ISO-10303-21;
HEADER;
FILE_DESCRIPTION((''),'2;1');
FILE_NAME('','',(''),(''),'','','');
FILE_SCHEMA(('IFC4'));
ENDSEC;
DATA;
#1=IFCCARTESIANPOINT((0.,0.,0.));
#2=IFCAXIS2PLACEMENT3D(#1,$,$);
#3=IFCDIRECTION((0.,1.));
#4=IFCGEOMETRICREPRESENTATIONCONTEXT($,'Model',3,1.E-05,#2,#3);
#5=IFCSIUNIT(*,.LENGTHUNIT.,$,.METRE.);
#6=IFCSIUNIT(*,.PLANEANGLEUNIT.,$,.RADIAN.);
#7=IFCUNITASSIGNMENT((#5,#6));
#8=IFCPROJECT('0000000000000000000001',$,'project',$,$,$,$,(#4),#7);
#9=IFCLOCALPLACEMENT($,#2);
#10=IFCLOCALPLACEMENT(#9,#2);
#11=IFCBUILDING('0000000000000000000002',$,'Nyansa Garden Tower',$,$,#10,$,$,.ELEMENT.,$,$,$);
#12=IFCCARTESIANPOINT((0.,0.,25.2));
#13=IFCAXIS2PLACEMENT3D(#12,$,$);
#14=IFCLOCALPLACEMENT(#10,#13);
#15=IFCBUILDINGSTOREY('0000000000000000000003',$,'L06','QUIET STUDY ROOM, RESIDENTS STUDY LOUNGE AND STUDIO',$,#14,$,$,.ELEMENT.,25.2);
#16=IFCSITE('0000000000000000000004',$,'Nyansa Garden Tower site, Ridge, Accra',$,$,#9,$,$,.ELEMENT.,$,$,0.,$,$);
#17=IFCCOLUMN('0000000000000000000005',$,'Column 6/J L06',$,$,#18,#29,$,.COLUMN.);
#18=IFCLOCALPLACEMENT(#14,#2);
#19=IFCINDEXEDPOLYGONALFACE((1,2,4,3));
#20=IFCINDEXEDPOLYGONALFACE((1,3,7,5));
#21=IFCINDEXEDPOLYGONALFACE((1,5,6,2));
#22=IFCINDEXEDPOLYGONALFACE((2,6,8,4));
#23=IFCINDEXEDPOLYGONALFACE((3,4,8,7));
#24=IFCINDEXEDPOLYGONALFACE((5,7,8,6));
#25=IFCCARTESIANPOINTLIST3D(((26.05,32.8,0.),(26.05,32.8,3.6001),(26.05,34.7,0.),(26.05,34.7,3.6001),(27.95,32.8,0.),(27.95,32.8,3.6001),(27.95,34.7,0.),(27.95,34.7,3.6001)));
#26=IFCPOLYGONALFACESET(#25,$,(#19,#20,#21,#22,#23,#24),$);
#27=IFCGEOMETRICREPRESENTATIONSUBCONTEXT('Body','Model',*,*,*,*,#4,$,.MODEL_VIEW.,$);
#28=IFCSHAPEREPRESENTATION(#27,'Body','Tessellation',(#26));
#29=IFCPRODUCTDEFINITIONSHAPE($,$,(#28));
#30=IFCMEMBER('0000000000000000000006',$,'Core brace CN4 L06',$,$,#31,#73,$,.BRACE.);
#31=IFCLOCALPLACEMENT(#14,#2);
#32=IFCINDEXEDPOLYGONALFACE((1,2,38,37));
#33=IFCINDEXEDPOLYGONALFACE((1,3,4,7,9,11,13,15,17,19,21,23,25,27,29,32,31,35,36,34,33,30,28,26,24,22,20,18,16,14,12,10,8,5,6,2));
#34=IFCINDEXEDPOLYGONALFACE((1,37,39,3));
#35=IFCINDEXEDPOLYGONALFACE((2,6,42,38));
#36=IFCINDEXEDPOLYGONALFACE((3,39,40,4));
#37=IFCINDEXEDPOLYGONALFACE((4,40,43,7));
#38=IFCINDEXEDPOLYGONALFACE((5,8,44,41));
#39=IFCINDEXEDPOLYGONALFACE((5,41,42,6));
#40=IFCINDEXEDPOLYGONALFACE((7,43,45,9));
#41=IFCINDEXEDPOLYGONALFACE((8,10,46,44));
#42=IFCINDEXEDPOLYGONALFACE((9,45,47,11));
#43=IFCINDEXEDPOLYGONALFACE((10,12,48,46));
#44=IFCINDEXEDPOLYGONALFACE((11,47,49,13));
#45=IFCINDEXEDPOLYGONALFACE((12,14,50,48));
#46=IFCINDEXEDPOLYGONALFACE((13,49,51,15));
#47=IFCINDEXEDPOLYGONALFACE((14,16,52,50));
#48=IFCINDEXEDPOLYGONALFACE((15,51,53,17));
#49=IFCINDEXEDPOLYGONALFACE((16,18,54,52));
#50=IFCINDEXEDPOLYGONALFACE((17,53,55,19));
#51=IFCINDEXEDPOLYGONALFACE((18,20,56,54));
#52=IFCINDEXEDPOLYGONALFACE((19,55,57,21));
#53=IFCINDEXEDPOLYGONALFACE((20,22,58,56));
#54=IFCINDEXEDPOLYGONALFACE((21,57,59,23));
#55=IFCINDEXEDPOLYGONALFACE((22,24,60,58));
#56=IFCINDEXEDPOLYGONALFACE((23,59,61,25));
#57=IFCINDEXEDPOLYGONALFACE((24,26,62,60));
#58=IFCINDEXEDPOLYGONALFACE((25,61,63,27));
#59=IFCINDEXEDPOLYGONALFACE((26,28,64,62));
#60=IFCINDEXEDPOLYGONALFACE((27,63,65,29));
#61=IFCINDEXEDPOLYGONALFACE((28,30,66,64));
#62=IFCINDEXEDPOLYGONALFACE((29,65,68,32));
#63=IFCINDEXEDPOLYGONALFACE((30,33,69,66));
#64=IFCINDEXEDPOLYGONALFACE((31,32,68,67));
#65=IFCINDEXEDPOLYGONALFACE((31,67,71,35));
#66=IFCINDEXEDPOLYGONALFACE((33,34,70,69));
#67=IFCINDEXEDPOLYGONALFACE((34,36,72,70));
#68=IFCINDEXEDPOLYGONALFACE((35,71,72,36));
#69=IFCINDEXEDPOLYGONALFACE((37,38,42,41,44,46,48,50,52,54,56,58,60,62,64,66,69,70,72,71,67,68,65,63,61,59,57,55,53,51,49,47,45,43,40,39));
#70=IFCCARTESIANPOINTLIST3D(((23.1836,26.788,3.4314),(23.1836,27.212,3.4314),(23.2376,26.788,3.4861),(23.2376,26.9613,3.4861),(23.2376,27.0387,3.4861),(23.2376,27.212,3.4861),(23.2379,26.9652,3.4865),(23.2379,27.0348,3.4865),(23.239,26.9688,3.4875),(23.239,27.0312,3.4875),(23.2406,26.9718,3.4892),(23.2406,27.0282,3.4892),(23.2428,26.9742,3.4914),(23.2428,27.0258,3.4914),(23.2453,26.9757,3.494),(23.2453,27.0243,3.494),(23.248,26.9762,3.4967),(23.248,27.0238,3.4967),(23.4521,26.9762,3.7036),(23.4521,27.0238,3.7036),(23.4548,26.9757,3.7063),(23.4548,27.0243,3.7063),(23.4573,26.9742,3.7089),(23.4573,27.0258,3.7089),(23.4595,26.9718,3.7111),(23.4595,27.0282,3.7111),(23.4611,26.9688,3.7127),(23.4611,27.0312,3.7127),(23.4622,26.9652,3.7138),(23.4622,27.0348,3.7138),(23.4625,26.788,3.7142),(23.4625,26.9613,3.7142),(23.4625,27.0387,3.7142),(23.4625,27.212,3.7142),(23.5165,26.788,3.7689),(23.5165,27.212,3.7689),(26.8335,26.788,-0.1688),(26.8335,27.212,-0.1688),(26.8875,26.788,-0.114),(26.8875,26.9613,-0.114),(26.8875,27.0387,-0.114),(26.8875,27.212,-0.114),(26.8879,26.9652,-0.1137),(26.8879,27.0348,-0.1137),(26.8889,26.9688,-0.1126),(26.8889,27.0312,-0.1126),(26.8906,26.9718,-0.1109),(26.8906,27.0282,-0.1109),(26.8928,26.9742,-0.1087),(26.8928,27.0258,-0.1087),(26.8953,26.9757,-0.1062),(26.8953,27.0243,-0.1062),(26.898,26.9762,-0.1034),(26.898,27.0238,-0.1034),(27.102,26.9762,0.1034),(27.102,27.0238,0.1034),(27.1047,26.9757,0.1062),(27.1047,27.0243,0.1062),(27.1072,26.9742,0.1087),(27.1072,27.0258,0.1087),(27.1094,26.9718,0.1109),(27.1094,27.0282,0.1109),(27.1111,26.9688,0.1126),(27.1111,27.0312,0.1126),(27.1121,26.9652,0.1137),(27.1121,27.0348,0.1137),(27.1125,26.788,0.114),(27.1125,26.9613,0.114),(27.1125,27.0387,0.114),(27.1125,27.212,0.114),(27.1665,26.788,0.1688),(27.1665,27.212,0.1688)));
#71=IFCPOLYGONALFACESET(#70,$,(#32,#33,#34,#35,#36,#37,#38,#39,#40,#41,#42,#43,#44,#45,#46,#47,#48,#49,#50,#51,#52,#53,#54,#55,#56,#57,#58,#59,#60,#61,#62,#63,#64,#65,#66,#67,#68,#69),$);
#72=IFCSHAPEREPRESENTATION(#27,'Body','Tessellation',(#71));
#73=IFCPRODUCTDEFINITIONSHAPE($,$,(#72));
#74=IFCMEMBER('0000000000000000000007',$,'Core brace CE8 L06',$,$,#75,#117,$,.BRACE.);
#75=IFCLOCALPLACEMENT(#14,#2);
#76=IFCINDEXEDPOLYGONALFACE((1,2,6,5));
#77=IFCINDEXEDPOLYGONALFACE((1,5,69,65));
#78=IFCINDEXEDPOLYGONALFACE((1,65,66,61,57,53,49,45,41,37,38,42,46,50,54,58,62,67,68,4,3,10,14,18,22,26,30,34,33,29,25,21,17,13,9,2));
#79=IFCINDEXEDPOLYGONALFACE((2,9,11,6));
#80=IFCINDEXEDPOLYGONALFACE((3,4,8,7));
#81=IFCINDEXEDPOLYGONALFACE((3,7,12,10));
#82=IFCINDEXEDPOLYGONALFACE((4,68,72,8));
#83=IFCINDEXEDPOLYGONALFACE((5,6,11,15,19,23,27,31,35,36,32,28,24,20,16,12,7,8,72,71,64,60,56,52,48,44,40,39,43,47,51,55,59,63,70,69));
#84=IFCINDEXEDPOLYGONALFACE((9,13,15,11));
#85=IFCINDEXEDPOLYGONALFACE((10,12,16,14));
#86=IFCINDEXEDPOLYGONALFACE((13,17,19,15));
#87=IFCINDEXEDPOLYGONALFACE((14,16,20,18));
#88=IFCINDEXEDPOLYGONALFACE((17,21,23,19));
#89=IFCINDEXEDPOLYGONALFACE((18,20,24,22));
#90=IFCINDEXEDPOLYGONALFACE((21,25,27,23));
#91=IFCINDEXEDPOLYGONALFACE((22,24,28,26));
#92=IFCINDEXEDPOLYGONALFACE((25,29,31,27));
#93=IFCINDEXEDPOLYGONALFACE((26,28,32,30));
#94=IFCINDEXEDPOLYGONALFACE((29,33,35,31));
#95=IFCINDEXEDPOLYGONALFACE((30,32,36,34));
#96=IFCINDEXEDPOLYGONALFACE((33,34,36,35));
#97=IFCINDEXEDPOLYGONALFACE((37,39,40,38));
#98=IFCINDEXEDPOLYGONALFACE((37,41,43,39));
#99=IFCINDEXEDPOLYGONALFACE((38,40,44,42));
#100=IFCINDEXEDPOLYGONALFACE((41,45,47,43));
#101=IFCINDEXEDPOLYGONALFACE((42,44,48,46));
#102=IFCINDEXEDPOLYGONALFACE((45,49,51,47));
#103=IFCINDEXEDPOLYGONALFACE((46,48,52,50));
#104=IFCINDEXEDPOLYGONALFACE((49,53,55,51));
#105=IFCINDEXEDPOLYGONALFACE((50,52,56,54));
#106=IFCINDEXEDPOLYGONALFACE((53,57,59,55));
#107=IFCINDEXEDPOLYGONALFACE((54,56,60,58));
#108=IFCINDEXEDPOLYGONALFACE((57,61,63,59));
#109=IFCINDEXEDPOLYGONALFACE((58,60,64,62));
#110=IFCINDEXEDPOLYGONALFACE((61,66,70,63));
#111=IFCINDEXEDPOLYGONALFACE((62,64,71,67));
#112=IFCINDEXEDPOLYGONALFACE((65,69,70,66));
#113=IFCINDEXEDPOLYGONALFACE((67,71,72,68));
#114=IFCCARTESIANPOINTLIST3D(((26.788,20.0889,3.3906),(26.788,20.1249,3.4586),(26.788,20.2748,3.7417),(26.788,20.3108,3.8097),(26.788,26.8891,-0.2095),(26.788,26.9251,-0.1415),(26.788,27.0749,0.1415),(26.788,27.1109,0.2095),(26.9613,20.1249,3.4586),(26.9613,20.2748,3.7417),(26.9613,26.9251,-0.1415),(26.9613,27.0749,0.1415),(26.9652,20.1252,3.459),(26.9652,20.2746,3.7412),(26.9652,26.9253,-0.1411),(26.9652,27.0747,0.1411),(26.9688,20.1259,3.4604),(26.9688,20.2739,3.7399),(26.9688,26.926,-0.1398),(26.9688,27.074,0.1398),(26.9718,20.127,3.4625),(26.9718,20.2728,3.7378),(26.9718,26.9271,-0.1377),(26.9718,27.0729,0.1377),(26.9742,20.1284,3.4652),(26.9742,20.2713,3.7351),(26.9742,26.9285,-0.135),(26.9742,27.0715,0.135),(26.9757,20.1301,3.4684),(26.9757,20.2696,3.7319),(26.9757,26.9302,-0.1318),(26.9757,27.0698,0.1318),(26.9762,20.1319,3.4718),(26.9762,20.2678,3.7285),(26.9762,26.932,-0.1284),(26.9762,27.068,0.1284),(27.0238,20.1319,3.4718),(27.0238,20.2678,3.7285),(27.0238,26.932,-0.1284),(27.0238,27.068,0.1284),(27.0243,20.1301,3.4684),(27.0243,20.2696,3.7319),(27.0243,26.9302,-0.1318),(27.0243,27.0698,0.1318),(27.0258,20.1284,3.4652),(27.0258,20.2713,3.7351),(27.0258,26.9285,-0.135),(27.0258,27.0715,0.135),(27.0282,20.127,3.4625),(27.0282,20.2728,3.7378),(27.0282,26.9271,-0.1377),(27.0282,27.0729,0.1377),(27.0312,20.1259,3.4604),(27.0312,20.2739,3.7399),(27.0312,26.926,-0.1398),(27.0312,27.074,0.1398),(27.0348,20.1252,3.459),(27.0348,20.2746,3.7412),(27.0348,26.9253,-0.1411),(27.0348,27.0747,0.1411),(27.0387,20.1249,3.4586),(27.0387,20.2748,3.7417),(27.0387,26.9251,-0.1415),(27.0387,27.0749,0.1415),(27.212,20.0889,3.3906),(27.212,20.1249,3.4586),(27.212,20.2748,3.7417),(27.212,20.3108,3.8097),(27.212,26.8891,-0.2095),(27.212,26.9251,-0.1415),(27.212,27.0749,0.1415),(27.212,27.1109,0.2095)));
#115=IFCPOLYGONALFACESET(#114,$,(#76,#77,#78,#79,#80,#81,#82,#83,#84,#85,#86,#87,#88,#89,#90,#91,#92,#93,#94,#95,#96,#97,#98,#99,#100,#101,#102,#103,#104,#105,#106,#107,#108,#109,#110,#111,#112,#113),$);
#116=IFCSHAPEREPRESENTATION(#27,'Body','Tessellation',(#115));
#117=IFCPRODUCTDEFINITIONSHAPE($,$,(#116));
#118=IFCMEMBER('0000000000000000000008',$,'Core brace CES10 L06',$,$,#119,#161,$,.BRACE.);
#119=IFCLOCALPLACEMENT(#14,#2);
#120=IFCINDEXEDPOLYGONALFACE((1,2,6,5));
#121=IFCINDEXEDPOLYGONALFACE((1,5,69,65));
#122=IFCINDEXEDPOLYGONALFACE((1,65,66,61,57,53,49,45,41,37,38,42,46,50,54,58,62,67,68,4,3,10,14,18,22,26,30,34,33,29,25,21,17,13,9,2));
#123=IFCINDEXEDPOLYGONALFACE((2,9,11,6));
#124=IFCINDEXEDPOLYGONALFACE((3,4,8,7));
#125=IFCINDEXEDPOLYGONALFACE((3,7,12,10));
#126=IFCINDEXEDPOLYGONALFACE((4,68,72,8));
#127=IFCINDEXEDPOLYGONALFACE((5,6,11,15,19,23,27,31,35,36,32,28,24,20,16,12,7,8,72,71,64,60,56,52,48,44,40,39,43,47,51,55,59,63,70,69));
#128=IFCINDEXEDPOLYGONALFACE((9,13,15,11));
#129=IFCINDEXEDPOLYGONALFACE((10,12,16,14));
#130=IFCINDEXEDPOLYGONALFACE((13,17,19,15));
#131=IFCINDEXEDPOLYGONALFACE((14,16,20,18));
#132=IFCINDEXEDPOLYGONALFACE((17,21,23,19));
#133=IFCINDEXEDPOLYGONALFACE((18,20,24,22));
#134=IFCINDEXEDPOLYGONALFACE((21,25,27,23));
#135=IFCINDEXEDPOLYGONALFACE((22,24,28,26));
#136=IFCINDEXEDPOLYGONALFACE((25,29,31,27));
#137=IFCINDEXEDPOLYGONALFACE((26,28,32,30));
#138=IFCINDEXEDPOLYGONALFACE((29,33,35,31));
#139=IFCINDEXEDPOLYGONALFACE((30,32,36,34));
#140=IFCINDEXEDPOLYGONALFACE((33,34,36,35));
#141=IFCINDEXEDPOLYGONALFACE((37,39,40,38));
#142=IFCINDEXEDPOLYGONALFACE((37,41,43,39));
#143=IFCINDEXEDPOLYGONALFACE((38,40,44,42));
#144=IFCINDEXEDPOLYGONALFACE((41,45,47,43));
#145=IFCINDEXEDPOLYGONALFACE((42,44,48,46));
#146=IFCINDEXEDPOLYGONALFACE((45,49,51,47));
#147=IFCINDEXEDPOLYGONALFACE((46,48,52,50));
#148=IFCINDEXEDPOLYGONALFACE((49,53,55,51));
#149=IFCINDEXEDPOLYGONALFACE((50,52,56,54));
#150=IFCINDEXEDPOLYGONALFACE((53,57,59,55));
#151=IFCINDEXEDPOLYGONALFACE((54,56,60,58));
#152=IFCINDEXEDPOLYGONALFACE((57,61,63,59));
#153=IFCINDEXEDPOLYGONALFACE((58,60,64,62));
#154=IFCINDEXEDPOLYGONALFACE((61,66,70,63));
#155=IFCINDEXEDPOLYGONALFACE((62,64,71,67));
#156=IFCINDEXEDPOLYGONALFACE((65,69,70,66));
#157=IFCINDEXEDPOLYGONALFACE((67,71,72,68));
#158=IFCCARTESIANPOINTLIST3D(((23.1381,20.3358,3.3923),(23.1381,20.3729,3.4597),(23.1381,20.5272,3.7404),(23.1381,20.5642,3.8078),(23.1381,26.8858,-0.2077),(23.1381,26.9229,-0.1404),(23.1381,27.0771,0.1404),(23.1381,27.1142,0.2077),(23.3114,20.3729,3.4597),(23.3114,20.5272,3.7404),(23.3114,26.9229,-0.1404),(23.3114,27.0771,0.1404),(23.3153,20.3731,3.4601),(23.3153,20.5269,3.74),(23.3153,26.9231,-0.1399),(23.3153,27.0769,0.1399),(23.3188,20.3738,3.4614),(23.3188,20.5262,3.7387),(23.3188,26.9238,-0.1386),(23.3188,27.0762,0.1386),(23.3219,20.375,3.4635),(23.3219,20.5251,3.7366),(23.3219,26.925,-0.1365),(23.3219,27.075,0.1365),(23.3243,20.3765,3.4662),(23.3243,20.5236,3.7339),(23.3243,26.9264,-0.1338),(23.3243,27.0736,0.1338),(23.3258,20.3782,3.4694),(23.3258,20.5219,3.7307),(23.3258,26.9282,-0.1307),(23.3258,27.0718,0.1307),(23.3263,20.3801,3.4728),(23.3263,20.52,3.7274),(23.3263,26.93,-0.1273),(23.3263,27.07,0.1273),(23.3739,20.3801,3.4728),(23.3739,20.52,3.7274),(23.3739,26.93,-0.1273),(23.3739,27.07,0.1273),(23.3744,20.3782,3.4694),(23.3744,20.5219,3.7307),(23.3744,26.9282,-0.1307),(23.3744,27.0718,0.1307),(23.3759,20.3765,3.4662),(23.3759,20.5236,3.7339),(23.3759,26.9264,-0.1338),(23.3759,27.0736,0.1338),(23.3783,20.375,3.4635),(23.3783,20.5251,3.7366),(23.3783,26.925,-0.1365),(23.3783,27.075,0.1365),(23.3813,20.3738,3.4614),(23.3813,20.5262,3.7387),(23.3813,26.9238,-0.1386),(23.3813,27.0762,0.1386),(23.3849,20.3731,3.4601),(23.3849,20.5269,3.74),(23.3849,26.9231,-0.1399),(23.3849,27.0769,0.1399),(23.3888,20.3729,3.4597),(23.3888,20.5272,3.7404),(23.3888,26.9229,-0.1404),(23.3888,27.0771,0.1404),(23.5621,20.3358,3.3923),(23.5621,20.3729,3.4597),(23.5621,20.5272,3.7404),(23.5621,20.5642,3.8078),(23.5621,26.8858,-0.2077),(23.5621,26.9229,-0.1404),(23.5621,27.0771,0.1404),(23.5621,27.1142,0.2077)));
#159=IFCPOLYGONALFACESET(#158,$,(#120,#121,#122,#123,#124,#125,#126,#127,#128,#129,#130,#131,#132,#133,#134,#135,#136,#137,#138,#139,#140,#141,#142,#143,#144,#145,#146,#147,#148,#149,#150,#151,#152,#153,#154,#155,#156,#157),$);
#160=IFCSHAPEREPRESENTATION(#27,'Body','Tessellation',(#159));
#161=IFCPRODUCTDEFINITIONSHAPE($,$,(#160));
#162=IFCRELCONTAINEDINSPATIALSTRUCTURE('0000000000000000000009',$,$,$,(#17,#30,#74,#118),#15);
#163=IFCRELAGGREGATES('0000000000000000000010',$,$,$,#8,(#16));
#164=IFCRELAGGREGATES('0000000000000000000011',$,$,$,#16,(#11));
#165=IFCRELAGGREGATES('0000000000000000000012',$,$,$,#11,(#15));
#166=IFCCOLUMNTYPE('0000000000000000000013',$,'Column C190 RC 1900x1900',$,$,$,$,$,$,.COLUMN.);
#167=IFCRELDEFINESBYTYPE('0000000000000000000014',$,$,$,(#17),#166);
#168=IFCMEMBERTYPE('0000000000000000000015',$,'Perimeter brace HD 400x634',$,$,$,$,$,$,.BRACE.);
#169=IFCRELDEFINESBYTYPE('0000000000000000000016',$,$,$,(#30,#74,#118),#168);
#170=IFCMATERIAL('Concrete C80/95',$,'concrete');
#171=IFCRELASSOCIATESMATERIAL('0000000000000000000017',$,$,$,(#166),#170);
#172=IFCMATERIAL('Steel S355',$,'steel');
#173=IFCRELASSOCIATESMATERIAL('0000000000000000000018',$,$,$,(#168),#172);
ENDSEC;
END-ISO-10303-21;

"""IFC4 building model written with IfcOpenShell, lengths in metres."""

from ifc_helpers import new_model, si_unit, direction, frame, origin, origin_2d, place, context, subcontext, project, spatial, rectangle, i_section, extrude, material, material_profile, profile_set, type_object, element, save


model = new_model("IFC4")

# Units and contexts
model_context = context("Model", 3, precision=1e-05, world=origin(), true_north=direction((0.0, 1.0)))
body_context = subcontext(model_context, "Body", "Model", "MODEL_VIEW")
ifc_project = project(units=[si_unit("LENGTHUNIT", "METRE"), si_unit("PLANEANGLEUNIT", "RADIAN")], contexts=[model_context])

# Site, building, storey
site_placement = place(None, origin())
site = spatial("IfcSite", under=ifc_project, at=site_placement, Name="Nyansa Garden Tower site, Ridge, Accra", CompositionType="ELEMENT", RefElevation=0.0)
building_placement = place(site_placement, origin())
building = spatial("IfcBuilding", under=site, at=building_placement, Name="Nyansa Garden Tower", CompositionType="ELEMENT")
storey_placement = place(building_placement, frame((0.0, 0.0, 25.2)))
storey = spatial("IfcBuildingStorey", under=building, at=storey_placement, Name="L06", Description="QUIET STUDY ROOM, RESIDENTS STUDY LOUNGE AND STUDIO", CompositionType="ELEMENT", Elevation=25.2)

# Column
ifc_material_1 = material(Name="Concrete C80/95", Category="concrete")
ifc_material_profile_1 = material_profile(ifc_material_1, rectangle(XDim=1.8999, YDim=1.8999, at=origin_2d()), Name="RC 1900x1900")
ifc_profile_set_1 = profile_set([ifc_material_profile_1], Name="Concrete C80/95")
column_type = type_object("IfcColumnType", Name="Column C190 RC 1900x1900", PredefinedType="COLUMN", material=ifc_profile_set_1)
column_placement = place(storey_placement, frame((27.0, 33.75, 0.0), z_axis=(0.0, 0.0, 1.0), x_axis=(1.0, 0.0, 0.0)))
element("IfcColumn", 1, at=column_placement, inside=storey, type_object=column_type, Name="Column 6/J L06", PredefinedType="COLUMN", context=body_context, shape_type="SweptSolid", body=[
    extrude(rectangle(XDim=1.8999, YDim=1.8999, at=origin_2d()), origin(), (0.0, 0.0, 1.0), 3.6001),
])

# Members
ifc_material_2 = material(Name="Steel S355", Category="steel")
ifc_material_profile_2 = material_profile(ifc_material_2, i_section(OverallWidth=0.4241, OverallDepth=0.4741, WebThickness=0.0476, FlangeThickness=0.0769, FilletRadius=0.0149, at=origin_2d()), Name="HD 400x634")
ifc_profile_set_2 = profile_set([ifc_material_profile_2], Name="Steel S355")
member_type = type_object("IfcMemberType", Name="Perimeter brace HD 400x634", PredefinedType="BRACE", material=ifc_profile_set_2)
member_1_placement = place(storey_placement, frame((27.0, 27.0, 0.0), z_axis=(-0.711948, 0.0, 0.702233), x_axis=(0.0, -1.0, 0.0)))
element("IfcMember", 2, at=member_1_placement, inside=storey, type_object=member_type, Name="Core brace CN4 L06", PredefinedType="BRACE", context=body_context, shape_type="SweptSolid", body=[
    extrude(i_section(OverallWidth=0.4241, OverallDepth=0.4741, WebThickness=0.0476, FlangeThickness=0.0769, FilletRadius=0.0149, at=origin_2d()), origin(), (0.0, 0.0, 1.0), 5.1267),
])
member_2_placement = place(storey_placement, frame((27.0, 27.0, 0.0), z_axis=(0.0, -0.883784, 0.467895), x_axis=(1.0, 0.0, 0.0)))
element("IfcMember", 3, at=member_2_placement, inside=storey, type_object=member_type, Name="Core brace CE8 L06", PredefinedType="BRACE", context=body_context, shape_type="SweptSolid", body=[
    extrude(i_section(OverallWidth=0.4241, OverallDepth=0.4741, WebThickness=0.0476, FlangeThickness=0.0769, FilletRadius=0.0149, at=origin_2d()), origin(), (0.0, 0.0, 1.0), 7.6943),
])
for number, where, z_axis, x_axis, name in (
    (4, (23.3501, 27.0, 0.0), (0.0, -0.876353, 0.481669), (1.0, 0.0, 0.0), "Core brace CES10 L06"),
):
    element("IfcMember", number, at=place(storey_placement, frame(where, z_axis=z_axis, x_axis=x_axis)), inside=storey, type_object=member_type, Name=name, PredefinedType="BRACE", context=body_context, shape_type="SweptSolid", body=[
        extrude(i_section(OverallWidth=0.4241, OverallDepth=0.4741, WebThickness=0.0476, FlangeThickness=0.0769, FilletRadius=0.0149, at=origin_2d()), origin(), (0.0, 0.0, 1.0), 7.4741),
    ])

save(model, "model.ifc")
